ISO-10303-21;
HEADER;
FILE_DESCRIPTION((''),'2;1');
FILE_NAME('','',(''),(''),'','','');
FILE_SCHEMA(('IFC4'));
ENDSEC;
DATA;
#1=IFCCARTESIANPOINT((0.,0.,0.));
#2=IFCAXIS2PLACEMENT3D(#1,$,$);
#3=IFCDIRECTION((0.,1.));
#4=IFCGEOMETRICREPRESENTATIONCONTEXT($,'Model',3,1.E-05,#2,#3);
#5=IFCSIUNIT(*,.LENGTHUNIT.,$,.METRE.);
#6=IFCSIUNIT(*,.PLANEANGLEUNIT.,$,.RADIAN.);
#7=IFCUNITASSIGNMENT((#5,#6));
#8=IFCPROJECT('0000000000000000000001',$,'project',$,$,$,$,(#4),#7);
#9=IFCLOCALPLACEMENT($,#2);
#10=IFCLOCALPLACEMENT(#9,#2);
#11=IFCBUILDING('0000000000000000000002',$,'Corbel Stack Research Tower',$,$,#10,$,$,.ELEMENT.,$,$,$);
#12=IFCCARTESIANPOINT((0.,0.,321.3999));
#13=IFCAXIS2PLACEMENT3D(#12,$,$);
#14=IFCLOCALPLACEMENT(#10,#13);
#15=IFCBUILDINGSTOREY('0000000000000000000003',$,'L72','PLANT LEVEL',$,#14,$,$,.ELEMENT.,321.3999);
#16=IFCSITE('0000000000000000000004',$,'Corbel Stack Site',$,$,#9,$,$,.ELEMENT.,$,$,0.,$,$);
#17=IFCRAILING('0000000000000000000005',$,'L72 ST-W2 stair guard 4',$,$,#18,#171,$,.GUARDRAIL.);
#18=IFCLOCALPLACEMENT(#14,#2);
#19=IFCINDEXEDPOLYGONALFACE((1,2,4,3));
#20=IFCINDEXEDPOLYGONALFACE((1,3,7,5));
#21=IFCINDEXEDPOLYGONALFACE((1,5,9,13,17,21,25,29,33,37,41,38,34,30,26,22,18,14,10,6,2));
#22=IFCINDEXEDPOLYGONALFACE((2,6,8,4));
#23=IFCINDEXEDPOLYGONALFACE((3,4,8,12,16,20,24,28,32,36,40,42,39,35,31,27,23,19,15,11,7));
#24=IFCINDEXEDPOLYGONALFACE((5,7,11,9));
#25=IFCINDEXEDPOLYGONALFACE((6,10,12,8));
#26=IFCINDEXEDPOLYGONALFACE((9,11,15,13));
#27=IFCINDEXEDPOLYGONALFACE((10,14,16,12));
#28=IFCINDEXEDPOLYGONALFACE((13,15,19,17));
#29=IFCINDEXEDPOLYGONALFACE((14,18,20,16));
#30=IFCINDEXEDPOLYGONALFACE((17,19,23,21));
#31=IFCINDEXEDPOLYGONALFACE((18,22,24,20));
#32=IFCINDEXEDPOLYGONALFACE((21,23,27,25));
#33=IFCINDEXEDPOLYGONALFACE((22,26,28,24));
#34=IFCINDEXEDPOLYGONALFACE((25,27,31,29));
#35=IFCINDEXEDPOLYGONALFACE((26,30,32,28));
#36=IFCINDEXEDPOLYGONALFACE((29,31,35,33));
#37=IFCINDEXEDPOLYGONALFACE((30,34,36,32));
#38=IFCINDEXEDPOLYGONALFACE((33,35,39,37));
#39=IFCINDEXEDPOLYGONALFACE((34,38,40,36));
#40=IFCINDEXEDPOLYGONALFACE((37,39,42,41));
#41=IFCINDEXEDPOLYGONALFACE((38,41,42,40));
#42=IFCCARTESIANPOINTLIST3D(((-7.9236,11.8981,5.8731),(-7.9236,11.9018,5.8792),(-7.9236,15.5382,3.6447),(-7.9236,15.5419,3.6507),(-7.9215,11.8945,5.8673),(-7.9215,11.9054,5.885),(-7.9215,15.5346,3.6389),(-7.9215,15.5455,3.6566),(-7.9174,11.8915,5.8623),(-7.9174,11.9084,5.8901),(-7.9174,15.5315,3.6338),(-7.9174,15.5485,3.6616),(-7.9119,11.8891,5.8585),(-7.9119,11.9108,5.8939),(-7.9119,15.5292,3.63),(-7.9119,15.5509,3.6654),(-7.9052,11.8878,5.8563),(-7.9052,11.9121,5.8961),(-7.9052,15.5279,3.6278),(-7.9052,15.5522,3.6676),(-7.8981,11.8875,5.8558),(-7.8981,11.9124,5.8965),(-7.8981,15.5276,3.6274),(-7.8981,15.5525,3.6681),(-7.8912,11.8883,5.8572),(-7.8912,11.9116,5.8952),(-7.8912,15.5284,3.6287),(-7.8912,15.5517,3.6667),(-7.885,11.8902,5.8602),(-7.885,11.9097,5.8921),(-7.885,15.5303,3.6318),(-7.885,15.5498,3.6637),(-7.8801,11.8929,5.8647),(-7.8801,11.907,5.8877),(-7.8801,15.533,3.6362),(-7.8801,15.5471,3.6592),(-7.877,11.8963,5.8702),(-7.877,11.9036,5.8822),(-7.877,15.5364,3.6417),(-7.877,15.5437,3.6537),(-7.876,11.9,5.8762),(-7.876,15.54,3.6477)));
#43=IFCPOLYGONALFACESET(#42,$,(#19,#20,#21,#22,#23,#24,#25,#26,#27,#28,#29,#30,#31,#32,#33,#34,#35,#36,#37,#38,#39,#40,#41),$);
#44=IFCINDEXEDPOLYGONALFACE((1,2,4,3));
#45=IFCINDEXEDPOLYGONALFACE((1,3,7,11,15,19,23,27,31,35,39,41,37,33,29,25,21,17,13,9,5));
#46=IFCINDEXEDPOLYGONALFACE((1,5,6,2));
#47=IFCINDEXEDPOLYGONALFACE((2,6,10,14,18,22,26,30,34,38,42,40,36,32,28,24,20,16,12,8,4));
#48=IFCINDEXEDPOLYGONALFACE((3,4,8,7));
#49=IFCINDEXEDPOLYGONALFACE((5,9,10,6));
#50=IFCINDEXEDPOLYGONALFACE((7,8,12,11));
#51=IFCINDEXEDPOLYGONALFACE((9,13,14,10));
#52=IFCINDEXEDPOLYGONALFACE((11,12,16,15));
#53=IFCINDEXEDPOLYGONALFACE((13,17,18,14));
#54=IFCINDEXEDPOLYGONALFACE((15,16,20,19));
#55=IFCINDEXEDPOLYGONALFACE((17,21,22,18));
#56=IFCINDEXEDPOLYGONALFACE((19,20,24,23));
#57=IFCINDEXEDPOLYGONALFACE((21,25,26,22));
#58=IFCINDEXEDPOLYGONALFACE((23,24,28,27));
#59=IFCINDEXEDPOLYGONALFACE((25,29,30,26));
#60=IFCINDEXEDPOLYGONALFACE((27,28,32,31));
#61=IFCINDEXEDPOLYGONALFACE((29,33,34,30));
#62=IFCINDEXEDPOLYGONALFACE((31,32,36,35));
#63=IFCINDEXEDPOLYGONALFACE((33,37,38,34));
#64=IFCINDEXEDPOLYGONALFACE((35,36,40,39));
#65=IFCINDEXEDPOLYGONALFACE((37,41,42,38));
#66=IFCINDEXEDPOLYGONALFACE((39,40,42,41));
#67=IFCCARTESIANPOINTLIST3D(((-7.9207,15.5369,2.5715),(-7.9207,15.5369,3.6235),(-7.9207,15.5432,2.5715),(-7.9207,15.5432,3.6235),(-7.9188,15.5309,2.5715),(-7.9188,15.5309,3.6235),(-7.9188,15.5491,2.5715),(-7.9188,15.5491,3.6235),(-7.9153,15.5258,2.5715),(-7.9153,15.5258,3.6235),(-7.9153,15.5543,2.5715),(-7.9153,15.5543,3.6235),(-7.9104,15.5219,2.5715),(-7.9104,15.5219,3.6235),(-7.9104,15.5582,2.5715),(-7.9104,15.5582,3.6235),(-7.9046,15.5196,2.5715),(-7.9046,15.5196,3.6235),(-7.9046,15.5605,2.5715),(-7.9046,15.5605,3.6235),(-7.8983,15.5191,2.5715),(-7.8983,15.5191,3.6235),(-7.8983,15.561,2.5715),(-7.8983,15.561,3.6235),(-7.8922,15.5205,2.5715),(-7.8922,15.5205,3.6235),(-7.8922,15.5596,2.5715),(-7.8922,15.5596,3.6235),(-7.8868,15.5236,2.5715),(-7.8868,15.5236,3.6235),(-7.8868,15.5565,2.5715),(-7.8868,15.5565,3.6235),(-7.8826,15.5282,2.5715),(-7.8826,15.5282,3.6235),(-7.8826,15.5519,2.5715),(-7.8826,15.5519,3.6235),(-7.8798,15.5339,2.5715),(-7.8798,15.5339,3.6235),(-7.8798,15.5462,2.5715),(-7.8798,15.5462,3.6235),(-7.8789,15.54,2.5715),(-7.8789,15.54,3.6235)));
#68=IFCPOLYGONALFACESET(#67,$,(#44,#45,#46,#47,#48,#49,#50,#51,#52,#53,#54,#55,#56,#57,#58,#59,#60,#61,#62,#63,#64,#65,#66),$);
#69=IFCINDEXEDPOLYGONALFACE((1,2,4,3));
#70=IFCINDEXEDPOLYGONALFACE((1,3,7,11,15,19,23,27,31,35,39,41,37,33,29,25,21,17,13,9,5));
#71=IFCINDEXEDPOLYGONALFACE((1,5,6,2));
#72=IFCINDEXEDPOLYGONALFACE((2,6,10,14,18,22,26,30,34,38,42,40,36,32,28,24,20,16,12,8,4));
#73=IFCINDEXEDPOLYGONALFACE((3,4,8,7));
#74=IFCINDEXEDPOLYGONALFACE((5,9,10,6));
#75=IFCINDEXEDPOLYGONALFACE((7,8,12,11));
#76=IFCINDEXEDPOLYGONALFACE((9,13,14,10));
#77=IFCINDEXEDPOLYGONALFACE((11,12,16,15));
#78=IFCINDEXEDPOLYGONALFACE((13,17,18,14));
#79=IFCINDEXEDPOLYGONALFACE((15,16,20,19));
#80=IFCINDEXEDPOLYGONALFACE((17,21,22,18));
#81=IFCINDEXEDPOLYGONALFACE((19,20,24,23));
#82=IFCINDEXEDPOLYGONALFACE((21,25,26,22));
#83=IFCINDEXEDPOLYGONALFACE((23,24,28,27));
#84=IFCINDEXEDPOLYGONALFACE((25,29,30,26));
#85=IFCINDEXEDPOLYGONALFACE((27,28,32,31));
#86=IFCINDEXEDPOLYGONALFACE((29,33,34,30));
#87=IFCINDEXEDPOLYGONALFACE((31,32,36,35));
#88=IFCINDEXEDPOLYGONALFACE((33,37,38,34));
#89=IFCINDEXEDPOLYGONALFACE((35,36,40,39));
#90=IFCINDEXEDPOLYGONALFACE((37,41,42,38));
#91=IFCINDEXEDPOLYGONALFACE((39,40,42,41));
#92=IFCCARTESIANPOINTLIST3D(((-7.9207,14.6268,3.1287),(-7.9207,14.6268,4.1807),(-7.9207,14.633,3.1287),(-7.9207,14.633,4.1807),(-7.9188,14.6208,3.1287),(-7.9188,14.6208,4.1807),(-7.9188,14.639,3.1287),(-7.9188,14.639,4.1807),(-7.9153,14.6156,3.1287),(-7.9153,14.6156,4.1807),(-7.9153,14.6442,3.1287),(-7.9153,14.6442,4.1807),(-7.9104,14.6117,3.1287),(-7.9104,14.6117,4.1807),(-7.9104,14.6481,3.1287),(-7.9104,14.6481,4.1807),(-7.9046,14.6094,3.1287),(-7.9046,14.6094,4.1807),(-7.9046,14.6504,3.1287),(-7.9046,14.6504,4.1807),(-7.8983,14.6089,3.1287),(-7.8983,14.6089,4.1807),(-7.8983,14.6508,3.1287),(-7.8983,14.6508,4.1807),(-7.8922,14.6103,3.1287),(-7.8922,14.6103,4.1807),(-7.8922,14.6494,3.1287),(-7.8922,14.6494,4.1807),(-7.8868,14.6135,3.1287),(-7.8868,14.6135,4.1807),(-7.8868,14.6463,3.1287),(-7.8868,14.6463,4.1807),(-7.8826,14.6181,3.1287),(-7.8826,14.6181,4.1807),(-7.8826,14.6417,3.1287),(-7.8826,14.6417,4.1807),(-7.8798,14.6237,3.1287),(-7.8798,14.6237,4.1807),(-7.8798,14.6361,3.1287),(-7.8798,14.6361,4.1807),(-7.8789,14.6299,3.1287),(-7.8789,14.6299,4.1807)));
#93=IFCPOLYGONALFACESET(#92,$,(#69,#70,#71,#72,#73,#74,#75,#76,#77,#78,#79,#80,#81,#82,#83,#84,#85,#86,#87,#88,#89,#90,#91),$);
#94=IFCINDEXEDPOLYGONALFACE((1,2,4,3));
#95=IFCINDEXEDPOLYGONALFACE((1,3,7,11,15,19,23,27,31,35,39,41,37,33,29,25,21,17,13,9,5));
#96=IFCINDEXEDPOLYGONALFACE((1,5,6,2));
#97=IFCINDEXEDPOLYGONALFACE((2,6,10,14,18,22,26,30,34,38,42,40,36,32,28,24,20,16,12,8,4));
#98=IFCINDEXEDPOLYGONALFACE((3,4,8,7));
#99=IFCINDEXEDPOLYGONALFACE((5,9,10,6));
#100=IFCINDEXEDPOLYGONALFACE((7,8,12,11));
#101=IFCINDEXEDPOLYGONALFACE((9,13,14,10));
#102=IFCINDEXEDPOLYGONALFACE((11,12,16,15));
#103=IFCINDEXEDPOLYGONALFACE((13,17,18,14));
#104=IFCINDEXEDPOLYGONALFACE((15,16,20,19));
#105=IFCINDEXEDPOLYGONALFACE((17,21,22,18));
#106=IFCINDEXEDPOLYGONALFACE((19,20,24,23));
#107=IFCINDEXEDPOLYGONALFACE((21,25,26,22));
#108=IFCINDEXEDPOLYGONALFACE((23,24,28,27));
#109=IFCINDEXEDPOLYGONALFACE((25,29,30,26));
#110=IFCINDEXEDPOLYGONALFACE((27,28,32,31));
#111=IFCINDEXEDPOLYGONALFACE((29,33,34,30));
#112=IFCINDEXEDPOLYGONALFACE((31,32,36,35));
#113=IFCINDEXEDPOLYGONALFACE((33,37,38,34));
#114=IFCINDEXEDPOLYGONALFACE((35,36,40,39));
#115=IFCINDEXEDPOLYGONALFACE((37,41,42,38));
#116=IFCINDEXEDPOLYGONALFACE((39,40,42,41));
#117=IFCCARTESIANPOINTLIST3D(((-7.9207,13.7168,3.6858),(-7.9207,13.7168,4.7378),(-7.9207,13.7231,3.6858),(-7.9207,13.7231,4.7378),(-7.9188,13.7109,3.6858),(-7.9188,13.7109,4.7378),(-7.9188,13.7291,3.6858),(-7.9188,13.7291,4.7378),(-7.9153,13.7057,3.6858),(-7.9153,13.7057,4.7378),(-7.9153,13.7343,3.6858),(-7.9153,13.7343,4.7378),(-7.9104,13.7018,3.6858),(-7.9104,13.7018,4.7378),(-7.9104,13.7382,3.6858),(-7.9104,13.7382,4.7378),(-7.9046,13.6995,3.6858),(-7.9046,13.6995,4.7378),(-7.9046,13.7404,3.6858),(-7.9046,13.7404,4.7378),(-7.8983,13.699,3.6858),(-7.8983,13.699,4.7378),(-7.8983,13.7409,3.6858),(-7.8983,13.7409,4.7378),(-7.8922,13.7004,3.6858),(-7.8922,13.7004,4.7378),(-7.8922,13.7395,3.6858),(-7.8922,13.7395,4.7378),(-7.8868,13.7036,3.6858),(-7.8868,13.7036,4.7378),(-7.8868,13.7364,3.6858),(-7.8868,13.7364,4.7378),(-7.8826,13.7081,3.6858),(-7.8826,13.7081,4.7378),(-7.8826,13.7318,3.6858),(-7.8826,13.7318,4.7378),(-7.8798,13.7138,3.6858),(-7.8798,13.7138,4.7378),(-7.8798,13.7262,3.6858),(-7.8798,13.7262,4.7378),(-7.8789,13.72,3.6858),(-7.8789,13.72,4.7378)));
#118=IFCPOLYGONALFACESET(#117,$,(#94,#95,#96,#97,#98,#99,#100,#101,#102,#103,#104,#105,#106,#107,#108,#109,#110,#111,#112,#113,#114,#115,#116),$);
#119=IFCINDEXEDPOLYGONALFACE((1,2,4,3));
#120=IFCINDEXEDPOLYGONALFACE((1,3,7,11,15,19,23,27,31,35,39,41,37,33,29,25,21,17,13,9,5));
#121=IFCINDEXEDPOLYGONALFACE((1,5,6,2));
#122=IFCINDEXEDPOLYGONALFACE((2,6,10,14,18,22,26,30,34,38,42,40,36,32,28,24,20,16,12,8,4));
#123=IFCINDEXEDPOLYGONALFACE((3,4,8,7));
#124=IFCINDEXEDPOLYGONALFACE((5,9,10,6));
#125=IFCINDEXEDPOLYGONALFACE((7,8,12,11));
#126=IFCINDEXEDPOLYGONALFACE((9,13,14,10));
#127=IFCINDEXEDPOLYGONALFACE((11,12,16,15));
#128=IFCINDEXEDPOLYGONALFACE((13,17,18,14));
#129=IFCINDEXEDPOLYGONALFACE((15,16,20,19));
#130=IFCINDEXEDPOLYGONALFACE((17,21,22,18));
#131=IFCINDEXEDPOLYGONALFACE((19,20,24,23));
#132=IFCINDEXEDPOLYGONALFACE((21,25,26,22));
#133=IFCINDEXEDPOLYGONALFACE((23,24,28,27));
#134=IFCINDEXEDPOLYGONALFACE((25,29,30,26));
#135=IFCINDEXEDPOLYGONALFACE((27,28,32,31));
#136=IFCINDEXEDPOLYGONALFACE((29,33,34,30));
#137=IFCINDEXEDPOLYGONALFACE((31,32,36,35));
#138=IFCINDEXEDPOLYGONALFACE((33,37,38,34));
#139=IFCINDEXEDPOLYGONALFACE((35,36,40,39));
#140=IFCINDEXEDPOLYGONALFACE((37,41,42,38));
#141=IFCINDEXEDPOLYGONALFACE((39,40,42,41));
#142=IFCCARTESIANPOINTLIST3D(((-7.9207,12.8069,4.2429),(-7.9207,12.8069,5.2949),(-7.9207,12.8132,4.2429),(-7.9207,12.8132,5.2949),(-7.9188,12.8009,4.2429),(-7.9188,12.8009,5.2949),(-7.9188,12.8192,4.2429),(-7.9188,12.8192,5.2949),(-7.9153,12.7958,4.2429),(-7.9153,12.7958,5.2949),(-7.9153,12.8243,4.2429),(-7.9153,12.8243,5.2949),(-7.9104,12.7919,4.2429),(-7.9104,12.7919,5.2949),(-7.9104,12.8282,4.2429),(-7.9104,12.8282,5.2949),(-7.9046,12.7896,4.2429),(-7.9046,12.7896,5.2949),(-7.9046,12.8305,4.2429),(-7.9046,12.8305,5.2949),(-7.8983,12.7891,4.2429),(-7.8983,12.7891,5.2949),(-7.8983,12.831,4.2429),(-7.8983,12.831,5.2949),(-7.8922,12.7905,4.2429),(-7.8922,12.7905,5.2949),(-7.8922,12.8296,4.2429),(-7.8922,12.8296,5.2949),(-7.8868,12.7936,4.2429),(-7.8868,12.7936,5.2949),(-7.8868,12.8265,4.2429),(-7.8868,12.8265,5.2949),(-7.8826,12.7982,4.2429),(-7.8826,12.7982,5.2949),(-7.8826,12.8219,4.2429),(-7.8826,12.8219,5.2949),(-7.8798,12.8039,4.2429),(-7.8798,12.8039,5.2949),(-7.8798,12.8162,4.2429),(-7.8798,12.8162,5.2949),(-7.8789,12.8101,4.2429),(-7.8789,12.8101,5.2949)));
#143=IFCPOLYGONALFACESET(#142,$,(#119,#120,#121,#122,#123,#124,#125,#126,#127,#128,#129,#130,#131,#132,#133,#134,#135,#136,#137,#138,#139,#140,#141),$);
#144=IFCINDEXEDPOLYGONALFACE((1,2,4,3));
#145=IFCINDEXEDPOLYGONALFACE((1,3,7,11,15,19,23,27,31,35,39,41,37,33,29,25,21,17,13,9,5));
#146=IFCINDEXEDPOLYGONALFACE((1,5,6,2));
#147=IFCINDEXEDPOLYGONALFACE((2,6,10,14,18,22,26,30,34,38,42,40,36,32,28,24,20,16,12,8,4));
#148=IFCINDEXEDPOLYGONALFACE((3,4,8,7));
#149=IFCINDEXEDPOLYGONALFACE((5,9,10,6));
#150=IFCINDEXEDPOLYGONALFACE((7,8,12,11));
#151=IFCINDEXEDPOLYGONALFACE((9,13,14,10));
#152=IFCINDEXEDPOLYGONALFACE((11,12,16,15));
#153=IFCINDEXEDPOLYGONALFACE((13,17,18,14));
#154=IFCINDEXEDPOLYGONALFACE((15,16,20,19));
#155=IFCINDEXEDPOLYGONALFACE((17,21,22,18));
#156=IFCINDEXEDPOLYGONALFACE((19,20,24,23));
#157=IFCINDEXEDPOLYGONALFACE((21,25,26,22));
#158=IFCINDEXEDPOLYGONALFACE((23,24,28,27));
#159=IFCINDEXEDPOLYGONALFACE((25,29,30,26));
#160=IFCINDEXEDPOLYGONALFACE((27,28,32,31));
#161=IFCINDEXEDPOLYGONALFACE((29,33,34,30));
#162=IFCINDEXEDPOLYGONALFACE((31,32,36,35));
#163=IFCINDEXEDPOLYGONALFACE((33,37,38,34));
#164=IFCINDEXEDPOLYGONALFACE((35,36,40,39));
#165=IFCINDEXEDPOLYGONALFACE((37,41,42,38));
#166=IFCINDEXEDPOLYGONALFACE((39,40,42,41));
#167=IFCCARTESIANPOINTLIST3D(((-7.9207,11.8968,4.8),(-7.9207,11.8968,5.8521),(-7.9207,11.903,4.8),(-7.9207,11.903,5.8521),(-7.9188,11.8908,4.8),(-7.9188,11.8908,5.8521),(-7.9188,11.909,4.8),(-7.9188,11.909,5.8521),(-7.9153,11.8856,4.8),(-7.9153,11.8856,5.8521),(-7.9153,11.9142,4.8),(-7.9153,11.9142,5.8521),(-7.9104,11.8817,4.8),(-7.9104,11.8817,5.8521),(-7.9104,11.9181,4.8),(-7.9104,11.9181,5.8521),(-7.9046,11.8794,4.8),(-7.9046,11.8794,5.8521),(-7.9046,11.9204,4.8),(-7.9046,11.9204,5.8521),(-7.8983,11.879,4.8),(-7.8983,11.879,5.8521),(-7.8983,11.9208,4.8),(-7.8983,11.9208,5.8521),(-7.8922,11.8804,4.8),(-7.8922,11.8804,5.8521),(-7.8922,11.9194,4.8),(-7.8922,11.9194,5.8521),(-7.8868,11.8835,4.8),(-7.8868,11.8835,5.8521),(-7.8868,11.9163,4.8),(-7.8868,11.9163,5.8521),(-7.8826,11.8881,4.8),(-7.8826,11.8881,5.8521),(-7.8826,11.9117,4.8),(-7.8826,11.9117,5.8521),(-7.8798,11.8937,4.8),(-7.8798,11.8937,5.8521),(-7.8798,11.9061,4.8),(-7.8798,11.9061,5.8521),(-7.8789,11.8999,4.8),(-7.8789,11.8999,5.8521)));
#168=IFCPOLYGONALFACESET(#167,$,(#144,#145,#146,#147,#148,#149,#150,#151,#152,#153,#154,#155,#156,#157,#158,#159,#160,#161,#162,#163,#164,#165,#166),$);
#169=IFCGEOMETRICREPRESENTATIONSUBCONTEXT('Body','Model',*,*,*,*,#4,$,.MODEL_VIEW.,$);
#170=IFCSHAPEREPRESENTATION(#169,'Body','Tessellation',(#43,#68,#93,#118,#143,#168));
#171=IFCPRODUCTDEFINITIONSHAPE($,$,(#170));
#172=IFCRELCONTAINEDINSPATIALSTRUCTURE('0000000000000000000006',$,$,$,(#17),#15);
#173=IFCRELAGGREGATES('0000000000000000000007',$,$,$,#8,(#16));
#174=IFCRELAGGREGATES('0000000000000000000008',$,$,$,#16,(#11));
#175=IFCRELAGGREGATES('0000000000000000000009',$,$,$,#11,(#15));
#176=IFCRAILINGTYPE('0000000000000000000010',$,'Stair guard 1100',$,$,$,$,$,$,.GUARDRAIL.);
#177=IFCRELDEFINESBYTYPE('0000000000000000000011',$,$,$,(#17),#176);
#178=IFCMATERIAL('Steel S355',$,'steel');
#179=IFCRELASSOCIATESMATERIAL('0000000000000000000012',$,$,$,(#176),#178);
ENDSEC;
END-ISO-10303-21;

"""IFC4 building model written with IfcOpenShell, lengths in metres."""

from ifc_helpers import new_model, si_unit, direction, frame, origin, origin_2d, place, context, subcontext, project, spatial, circle, extrude, material, type_object, element, save


model = new_model("IFC4")

# Units and contexts
model_context = context("Model", 3, precision=1e-05, world=origin(), true_north=direction((0.0, 1.0)))
body_context = subcontext(model_context, "Body", "Model", "MODEL_VIEW")
ifc_project = project(units=[si_unit("LENGTHUNIT", "METRE"), si_unit("PLANEANGLEUNIT", "RADIAN")], contexts=[model_context])

# Site, building, storey
site_placement = place(None, origin())
site = spatial("IfcSite", under=ifc_project, at=site_placement, Name="Corbel Stack Site", CompositionType="ELEMENT", RefElevation=0.0)
building_placement = place(site_placement, origin())
building = spatial("IfcBuilding", under=site, at=building_placement, Name="Corbel Stack Research Tower", CompositionType="ELEMENT")
storey_placement = place(building_placement, frame((0.0, 0.0, 321.3999)))
storey = spatial("IfcBuildingStorey", under=building, at=storey_placement, Name="L72", Description="PLANT LEVEL", CompositionType="ELEMENT", Elevation=321.3999)

# Railing
ifc_material_1 = material(Name="Steel S355", Category="steel")
railing_type_1 = type_object("IfcRailingType", Name="Stair guard 1100", PredefinedType="GUARDRAIL", material=ifc_material_1)
railing_1_placement = place(storey_placement, frame((-7.8999, 15.54, 2.5715)))
element("IfcRailing", 1, at=railing_1_placement, inside=storey, type_object=railing_type_1, Name="L72 ST-W2 stair guard 4", PredefinedType="GUARDRAIL", context=body_context, shape_type="SweptSolid", body=[
    extrude(circle(Radius=0.0239, at=origin_2d()), frame((0.0, 0.0, 1.0762), z_axis=(0.0, -0.852866, 0.52213), x_axis=(1.0, 0.0, 0.0)), (0.0, 0.0, 1.0), 4.2681),
    extrude(circle(Radius=0.021, at=origin_2d()), origin(), (0.0, 0.0, 1.0), 1.052),
    extrude(circle(Radius=0.021, at=origin_2d()), frame((0.0, -0.9102, 0.5571)), (0.0, 0.0, 1.0), 1.052),
    extrude(circle(Radius=0.021, at=origin_2d()), frame((0.0, -1.8201, 1.1143)), (0.0, 0.0, 1.0), 1.052),
    extrude(circle(Radius=0.021, at=origin_2d()), frame((0.0, -2.73, 1.6714)), (0.0, 0.0, 1.0), 1.052),
    extrude(circle(Radius=0.021, at=origin_2d()), frame((0.0, -3.6401, 2.2285)), (0.0, 0.0, 1.0), 1.052),
])

save(model, "model.ifc")
